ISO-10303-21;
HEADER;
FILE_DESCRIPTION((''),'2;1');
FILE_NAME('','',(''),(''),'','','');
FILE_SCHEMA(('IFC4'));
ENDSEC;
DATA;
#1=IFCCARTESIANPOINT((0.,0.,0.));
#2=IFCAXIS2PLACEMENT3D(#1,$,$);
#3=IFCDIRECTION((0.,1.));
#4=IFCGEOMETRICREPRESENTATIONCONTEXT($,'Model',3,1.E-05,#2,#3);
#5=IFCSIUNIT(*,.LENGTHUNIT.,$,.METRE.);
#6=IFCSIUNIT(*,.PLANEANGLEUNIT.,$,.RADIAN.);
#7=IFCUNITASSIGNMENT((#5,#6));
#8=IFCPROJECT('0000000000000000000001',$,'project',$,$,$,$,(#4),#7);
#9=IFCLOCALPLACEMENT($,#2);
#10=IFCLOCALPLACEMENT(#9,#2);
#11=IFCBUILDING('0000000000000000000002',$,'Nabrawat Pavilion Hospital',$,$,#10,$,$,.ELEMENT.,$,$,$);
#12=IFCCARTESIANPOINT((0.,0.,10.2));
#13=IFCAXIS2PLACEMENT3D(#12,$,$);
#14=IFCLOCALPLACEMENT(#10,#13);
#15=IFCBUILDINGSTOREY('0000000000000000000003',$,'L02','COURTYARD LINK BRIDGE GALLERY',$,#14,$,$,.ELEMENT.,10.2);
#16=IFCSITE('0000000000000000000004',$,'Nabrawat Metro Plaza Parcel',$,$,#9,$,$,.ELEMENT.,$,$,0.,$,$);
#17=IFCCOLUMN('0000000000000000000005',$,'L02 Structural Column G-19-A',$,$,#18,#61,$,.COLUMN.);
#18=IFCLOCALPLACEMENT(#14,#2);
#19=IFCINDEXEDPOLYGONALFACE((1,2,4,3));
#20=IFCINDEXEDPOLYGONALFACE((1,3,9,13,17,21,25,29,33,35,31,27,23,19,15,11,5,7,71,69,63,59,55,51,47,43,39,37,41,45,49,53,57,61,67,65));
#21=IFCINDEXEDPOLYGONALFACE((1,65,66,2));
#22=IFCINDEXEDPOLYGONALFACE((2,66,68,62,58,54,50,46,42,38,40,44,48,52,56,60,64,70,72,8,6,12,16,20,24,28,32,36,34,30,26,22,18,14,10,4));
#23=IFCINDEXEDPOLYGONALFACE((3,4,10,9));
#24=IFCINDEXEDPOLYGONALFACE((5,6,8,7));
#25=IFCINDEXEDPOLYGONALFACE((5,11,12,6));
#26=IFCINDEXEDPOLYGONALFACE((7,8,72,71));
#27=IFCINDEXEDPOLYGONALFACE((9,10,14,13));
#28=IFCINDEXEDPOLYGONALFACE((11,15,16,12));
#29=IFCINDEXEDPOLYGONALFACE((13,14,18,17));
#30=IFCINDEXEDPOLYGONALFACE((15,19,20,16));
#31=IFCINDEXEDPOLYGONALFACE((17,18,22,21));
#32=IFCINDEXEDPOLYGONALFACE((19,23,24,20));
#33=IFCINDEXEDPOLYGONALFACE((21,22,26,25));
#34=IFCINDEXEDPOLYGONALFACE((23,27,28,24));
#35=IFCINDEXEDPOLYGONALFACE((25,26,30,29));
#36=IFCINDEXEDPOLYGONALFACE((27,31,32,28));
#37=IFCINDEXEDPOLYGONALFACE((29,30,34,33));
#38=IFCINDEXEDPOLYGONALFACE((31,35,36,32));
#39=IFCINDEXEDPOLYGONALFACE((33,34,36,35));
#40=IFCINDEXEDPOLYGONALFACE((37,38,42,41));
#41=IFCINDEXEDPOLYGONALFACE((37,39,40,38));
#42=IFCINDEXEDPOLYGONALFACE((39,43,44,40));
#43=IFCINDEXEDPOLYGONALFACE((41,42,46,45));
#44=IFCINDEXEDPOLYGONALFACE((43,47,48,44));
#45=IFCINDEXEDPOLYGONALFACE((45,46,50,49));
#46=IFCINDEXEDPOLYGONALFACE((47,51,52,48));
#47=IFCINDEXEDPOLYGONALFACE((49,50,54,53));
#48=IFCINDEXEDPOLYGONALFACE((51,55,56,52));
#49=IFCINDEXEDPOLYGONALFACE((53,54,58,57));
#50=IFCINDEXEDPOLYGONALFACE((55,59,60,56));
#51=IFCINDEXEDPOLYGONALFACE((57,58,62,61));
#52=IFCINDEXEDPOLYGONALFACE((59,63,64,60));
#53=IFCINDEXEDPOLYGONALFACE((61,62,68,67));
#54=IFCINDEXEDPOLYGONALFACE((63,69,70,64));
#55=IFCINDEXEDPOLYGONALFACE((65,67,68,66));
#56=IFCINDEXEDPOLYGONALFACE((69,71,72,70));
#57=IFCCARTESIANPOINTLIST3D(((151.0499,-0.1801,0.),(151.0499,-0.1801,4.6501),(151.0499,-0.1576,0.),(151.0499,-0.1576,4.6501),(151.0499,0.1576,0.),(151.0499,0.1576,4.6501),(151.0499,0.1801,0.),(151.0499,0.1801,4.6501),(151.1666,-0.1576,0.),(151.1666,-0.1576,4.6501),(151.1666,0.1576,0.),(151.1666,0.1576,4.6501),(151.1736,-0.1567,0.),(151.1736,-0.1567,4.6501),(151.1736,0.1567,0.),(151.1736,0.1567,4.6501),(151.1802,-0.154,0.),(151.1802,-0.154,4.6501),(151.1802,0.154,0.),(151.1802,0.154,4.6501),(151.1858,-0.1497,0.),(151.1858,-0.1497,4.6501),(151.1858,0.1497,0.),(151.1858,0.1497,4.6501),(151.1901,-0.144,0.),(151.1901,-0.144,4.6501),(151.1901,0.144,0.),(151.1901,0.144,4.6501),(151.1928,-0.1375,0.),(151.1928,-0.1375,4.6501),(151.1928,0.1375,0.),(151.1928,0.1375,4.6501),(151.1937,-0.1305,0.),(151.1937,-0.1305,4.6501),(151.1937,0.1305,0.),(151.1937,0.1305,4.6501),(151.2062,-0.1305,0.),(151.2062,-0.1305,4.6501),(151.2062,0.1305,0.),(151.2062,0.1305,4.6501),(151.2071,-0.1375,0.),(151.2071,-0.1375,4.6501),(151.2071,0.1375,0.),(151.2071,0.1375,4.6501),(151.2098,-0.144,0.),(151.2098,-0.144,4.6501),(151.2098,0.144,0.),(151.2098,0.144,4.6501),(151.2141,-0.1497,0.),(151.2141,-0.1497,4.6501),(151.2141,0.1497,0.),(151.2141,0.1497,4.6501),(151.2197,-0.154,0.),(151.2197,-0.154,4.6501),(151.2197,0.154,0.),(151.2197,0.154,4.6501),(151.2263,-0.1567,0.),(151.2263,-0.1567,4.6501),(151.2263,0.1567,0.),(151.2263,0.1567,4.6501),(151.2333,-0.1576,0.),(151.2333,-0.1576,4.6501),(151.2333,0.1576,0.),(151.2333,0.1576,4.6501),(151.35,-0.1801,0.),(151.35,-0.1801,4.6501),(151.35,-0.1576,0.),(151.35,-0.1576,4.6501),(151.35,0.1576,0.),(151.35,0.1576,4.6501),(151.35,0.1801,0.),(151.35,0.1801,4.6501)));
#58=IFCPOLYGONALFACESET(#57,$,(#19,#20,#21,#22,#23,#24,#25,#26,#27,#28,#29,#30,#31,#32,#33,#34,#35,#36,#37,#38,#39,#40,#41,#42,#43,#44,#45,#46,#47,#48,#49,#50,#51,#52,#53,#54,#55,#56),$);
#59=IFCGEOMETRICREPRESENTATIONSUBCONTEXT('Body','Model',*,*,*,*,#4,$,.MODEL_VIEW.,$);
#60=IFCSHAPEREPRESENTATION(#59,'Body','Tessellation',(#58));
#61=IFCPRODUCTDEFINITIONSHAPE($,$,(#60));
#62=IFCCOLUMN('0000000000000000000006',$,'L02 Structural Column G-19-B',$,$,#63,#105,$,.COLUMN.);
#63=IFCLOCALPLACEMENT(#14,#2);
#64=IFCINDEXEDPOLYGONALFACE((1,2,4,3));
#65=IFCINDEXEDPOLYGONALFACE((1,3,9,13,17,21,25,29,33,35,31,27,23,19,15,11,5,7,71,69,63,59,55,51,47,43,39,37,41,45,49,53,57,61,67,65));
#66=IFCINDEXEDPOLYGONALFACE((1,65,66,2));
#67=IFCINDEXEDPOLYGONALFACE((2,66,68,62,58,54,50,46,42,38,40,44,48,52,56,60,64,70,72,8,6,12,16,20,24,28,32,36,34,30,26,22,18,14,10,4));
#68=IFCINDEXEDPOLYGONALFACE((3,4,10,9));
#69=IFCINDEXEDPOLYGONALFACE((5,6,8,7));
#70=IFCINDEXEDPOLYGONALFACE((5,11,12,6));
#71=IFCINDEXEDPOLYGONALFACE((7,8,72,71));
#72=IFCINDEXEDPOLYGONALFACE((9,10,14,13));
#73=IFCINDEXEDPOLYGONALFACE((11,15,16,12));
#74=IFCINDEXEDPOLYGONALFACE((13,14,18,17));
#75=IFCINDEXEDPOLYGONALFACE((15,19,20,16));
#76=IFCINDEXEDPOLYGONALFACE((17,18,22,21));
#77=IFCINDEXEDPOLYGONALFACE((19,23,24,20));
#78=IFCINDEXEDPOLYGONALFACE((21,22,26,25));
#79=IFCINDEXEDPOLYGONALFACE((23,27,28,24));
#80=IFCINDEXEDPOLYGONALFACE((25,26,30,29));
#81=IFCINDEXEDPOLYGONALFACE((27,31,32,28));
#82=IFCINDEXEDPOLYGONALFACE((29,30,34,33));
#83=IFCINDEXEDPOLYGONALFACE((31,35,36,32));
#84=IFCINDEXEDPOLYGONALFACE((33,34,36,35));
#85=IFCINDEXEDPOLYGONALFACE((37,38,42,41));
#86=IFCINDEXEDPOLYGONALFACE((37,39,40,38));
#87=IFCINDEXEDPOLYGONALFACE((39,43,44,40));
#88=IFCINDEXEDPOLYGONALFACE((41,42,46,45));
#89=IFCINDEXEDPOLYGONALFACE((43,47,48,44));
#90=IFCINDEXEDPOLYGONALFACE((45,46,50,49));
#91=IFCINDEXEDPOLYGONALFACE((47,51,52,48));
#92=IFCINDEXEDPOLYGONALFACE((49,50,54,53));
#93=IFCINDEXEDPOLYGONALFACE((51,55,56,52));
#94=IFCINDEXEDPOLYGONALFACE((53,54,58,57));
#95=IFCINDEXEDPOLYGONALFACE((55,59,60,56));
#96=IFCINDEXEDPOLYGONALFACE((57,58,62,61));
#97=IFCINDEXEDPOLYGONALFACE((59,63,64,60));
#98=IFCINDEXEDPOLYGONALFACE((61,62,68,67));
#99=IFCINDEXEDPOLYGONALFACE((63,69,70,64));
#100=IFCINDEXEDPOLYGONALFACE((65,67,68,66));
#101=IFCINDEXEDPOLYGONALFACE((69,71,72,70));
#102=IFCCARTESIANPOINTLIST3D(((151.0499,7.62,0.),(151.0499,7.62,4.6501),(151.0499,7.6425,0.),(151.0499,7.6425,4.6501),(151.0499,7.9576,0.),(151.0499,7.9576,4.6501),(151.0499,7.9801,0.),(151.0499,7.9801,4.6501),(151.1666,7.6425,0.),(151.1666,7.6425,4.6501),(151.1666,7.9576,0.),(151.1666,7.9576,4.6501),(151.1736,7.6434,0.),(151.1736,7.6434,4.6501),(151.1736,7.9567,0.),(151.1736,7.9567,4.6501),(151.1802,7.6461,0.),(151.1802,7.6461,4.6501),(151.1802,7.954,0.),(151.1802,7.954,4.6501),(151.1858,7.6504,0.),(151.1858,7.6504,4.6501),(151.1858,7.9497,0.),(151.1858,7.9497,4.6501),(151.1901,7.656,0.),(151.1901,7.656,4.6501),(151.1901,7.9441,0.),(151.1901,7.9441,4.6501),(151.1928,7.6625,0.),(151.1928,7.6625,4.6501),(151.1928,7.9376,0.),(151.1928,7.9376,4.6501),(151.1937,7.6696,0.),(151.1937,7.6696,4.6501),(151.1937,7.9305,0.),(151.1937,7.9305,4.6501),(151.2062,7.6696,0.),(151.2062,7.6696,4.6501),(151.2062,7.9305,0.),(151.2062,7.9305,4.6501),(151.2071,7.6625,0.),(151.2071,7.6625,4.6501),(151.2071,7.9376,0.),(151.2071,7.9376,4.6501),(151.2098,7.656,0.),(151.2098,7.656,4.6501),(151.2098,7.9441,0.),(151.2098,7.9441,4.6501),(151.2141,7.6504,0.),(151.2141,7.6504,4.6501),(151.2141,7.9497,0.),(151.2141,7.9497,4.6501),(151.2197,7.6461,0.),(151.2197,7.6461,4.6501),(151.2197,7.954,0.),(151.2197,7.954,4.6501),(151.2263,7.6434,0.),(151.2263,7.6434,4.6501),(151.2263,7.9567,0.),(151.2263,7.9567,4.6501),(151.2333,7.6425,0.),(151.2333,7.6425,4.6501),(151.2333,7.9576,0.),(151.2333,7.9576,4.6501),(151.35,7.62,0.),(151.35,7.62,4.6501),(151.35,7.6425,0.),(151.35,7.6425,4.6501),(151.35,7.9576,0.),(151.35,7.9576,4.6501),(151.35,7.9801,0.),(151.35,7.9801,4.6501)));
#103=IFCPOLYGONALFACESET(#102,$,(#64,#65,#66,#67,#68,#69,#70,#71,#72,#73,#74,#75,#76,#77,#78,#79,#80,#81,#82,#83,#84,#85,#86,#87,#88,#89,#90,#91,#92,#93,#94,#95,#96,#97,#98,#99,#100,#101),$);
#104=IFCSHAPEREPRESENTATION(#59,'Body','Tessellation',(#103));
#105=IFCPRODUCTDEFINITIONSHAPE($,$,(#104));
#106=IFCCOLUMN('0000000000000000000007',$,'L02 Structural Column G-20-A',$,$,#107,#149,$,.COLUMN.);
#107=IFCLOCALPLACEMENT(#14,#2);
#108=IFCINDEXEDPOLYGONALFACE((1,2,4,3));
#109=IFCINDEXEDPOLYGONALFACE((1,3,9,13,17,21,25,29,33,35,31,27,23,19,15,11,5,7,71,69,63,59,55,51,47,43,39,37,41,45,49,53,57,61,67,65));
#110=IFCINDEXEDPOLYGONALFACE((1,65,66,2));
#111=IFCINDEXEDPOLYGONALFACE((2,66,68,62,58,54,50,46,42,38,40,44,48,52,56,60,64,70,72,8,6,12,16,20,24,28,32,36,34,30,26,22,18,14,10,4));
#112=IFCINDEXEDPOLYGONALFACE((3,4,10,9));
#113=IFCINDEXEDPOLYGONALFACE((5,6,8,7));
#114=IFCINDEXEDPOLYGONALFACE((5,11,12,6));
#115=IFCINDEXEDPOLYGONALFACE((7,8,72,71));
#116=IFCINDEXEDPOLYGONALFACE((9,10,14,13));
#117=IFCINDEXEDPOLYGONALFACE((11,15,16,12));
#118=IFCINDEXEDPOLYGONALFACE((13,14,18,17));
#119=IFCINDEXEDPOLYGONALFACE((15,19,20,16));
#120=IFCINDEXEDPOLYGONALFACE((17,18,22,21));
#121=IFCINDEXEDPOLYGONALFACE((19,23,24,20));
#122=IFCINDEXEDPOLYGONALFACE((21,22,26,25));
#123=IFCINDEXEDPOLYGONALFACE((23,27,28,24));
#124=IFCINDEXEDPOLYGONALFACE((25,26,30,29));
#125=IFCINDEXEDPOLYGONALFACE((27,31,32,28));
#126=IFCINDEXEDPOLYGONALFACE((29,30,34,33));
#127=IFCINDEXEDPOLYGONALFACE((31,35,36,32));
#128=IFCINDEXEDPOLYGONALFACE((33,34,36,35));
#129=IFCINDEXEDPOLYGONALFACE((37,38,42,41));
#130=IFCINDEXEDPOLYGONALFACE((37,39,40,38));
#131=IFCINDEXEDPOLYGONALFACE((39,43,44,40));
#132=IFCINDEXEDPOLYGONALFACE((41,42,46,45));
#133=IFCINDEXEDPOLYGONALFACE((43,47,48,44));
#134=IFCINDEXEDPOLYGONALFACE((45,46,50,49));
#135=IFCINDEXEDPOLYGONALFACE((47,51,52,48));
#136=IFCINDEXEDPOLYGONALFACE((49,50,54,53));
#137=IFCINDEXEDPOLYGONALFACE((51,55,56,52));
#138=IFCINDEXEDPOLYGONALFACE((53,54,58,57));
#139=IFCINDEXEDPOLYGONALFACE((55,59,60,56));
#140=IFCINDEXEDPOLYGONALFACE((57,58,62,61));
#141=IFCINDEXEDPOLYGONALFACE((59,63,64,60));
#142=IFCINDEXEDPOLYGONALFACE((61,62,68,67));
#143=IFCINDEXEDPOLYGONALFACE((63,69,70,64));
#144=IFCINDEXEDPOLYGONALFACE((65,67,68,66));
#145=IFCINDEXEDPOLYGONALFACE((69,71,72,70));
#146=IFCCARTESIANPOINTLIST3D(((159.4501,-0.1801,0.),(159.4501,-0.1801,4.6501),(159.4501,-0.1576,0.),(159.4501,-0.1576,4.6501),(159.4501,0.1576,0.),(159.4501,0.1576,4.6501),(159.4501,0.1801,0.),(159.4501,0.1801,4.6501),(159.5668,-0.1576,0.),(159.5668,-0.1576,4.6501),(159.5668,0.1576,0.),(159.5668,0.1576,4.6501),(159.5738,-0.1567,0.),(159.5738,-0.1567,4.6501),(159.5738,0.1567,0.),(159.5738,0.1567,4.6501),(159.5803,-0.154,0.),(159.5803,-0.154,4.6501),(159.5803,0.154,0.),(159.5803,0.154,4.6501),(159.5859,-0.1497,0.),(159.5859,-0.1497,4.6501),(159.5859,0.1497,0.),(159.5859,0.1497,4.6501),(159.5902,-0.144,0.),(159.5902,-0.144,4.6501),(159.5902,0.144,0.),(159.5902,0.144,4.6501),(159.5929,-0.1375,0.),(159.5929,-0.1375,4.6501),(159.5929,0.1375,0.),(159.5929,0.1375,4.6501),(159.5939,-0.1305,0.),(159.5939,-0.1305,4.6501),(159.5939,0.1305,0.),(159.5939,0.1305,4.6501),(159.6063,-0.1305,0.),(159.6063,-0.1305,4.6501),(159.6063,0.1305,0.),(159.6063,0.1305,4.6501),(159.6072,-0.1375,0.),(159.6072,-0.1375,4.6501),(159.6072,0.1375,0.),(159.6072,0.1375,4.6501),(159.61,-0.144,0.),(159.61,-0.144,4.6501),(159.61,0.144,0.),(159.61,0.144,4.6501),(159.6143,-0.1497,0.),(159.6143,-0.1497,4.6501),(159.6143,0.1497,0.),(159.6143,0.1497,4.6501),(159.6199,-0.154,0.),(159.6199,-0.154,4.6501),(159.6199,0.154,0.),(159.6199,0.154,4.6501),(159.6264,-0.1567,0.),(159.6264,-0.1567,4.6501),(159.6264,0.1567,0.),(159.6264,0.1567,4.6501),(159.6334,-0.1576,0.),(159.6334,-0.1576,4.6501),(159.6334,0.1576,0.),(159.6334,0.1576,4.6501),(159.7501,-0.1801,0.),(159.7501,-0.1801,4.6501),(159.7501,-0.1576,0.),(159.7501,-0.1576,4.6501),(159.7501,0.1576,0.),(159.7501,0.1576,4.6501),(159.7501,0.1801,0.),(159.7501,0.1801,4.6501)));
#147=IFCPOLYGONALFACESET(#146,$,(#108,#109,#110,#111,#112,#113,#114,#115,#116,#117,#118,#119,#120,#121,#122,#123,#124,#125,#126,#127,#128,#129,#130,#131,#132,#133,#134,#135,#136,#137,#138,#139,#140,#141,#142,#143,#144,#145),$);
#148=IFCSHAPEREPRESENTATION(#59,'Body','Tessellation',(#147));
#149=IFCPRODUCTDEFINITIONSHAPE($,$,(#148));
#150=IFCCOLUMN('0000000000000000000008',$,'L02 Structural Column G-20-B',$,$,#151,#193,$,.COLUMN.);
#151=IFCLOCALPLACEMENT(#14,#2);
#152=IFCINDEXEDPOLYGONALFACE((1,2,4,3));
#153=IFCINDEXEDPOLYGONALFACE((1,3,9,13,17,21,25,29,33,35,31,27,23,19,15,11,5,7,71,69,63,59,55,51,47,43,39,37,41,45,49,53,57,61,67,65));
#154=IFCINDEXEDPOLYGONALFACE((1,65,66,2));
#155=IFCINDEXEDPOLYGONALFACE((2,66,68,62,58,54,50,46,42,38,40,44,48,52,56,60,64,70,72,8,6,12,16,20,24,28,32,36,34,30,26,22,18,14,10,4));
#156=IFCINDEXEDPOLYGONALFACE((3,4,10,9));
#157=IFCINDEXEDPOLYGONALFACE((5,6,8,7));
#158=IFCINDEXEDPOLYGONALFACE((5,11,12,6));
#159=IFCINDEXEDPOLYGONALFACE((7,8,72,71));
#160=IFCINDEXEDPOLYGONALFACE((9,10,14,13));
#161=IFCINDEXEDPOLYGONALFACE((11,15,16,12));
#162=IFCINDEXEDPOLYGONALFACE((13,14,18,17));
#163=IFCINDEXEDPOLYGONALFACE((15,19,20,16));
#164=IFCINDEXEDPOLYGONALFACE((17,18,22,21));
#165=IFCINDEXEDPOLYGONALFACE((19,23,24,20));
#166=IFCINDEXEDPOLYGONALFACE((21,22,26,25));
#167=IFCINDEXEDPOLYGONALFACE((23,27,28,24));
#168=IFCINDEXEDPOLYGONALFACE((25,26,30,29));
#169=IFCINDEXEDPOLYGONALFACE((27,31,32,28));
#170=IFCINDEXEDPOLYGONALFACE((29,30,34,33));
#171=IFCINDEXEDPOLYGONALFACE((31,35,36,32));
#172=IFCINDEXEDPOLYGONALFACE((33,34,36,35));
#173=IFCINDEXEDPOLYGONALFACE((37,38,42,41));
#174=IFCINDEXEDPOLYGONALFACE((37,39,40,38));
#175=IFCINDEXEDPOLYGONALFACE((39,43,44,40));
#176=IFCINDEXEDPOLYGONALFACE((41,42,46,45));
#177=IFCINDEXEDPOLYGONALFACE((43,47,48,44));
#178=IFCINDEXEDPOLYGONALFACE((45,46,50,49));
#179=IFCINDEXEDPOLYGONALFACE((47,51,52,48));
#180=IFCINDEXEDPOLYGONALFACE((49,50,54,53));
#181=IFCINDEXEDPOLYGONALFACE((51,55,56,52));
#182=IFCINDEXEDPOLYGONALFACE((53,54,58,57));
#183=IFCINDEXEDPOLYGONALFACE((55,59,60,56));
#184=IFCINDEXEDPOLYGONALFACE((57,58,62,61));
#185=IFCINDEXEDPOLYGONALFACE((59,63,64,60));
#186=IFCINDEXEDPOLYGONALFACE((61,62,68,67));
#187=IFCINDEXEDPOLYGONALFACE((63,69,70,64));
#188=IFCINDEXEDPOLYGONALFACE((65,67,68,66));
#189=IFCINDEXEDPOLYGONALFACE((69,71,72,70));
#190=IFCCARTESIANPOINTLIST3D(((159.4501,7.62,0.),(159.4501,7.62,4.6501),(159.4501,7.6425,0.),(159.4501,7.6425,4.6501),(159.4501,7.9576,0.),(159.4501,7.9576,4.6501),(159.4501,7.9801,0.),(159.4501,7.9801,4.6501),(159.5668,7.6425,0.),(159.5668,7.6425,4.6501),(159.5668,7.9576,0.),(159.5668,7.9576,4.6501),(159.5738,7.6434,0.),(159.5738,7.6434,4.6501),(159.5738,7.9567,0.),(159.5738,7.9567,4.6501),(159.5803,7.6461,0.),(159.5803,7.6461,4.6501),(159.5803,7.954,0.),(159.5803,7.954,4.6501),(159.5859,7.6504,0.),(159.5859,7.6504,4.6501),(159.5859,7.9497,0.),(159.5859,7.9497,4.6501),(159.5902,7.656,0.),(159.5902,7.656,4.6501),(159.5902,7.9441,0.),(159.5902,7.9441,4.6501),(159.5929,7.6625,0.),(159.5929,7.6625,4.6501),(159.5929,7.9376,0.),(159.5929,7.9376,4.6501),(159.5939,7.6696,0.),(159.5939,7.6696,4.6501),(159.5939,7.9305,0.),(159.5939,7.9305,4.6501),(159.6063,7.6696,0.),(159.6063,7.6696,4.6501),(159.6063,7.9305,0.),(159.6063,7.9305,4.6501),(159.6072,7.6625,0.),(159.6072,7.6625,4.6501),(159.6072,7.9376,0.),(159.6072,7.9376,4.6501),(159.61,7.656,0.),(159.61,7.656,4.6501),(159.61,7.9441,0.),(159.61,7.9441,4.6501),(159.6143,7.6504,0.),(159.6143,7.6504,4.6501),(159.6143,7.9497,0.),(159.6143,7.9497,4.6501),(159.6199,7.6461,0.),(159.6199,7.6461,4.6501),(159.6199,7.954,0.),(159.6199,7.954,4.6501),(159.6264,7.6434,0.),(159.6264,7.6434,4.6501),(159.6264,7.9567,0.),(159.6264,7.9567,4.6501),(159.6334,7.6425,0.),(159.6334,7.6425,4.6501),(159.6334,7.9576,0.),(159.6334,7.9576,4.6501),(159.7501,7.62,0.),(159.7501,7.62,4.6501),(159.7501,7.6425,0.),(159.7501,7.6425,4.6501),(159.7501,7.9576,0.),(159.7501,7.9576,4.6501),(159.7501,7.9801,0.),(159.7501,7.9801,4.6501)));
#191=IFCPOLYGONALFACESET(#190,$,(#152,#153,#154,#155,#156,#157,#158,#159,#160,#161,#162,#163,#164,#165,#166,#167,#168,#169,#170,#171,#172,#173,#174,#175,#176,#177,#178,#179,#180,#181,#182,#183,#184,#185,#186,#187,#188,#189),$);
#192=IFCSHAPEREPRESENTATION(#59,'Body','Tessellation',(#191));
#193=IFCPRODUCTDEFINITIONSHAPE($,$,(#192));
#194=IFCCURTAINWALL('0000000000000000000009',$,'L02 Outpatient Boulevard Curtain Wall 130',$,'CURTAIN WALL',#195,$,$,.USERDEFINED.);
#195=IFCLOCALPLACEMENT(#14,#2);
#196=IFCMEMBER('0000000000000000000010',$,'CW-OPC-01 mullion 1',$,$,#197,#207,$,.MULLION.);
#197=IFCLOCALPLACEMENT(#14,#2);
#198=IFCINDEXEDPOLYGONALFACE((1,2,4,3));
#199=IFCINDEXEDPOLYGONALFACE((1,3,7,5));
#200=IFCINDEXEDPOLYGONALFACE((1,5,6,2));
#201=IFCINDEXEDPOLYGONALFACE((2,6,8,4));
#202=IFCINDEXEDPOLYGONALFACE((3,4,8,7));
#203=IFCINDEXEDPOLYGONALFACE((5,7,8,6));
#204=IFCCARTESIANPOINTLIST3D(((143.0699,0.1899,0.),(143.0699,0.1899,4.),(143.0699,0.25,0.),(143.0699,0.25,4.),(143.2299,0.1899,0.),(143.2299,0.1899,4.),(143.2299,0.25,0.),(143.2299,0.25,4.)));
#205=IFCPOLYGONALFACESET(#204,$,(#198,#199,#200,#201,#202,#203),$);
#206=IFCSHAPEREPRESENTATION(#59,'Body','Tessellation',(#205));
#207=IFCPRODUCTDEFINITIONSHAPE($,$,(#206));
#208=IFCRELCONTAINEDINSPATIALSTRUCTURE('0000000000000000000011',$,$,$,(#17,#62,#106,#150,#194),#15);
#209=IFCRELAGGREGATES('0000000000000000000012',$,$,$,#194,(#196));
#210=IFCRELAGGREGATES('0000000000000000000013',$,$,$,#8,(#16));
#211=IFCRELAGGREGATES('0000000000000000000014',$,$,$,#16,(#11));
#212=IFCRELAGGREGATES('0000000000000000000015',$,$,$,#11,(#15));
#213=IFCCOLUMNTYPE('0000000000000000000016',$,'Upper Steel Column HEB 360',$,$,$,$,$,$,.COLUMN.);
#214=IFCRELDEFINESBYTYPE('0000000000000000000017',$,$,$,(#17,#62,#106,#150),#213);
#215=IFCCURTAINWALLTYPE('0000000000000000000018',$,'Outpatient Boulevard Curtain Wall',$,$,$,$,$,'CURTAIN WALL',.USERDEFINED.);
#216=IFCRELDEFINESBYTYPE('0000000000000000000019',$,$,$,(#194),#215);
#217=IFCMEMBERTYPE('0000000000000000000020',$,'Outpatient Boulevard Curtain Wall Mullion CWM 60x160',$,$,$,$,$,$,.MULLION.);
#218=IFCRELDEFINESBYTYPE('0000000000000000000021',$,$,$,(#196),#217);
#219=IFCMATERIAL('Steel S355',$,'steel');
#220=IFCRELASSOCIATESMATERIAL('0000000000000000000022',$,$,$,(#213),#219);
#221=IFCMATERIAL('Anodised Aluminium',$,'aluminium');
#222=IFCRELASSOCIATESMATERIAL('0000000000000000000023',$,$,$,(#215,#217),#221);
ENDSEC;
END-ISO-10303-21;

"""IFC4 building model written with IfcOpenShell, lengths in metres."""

from ifc_helpers import new_model, si_unit, direction, frame, origin, origin_2d, place, context, subcontext, project, spatial, rectangle, i_section, extrude, material, material_profile, profile_set, type_object, element, aggregate, save


model = new_model("IFC4")

# Units and contexts
model_context = context("Model", 3, precision=1e-05, world=origin(), true_north=direction((0.0, 1.0)))
body_context = subcontext(model_context, "Body", "Model", "MODEL_VIEW")
ifc_project = project(units=[si_unit("LENGTHUNIT", "METRE"), si_unit("PLANEANGLEUNIT", "RADIAN")], contexts=[model_context])

# Site, building, storey
site_placement = place(None, origin())
site = spatial("IfcSite", under=ifc_project, at=site_placement, Name="Nabrawat Metro Plaza Parcel", CompositionType="ELEMENT", RefElevation=0.0)
building_placement = place(site_placement, origin())
building = spatial("IfcBuilding", under=site, at=building_placement, Name="Nabrawat Pavilion Hospital", CompositionType="ELEMENT")
storey_placement = place(building_placement, frame((0.0, 0.0, 10.2)))
storey = spatial("IfcBuildingStorey", under=building, at=storey_placement, Name="L02", Description="COURTYARD LINK BRIDGE GALLERY", CompositionType="ELEMENT", Elevation=10.2)

# Columns
ifc_material_1 = material(Name="Steel S355", Category="steel")
ifc_material_profile_1 = material_profile(ifc_material_1, i_section(OverallWidth=0.3, OverallDepth=0.3601, WebThickness=0.0125, FlangeThickness=0.0225, FilletRadius=0.0271, at=origin_2d()), Name="HEB 360")
ifc_profile_set_1 = profile_set([ifc_material_profile_1], Name="Steel S355")
column_type = type_object("IfcColumnType", Name="Upper Steel Column HEB 360", PredefinedType="COLUMN", material=ifc_profile_set_1)
for number, where, z_axis, x_axis, name in (
    (1, (151.2, 0.0, 0.0), (0.0, 0.0, 1.0), (1.0, 0.0, 0.0), "L02 Structural Column G-19-A"),
    (2, (151.2, 7.8, 0.0), (0.0, 0.0, 1.0), (1.0, 0.0, 0.0), "L02 Structural Column G-19-B"),
    (3, (159.6001, 0.0, 0.0), (0.0, 0.0, 1.0), (1.0, 0.0, 0.0), "L02 Structural Column G-20-A"),
    (4, (159.6001, 7.8, 0.0), (0.0, 0.0, 1.0), (1.0, 0.0, 0.0), "L02 Structural Column G-20-B"),
):
    element("IfcColumn", number, at=place(storey_placement, frame(where, z_axis=z_axis, x_axis=x_axis)), inside=storey, type_object=column_type, Name=name, PredefinedType="COLUMN", context=body_context, shape_type="SweptSolid", body=[
        extrude(i_section(OverallWidth=0.3, OverallDepth=0.3601, WebThickness=0.0125, FlangeThickness=0.0225, FilletRadius=0.0271, at=origin_2d()), origin(), (0.0, 0.0, 1.0), 4.6501),
    ])

# Curtain wall, member
ifc_material_2 = material(Name="Anodised Aluminium", Category="aluminium")
curtain_wall_type = type_object("IfcCurtainWallType", Name="Outpatient Boulevard Curtain Wall", ElementType="CURTAIN WALL", PredefinedType="USERDEFINED", material=ifc_material_2)
curtain_wall_placement = place(storey_placement, origin())
curtain_wall = element("IfcCurtainWall", 5, at=curtain_wall_placement, inside=storey, type_object=curtain_wall_type, Name="L02 Outpatient Boulevard Curtain Wall 130", ObjectType="CURTAIN WALL", PredefinedType="USERDEFINED")
ifc_material_profile_2 = material_profile(ifc_material_2, rectangle(XDim=0.0601, YDim=0.1599, at=origin_2d()), Name="CWM 60x160")
ifc_profile_set_2 = profile_set([ifc_material_profile_2], Name="Anodised Aluminium")
member_type_1 = type_object("IfcMemberType", Name="Outpatient Boulevard Curtain Wall Mullion CWM 60x160", PredefinedType="MULLION", material=ifc_profile_set_2)
member_1_placement = place(storey_placement, frame((143.1499, 0.22, 0.0), z_axis=(0.0, 0.0, 1.0), x_axis=(0.0, 1.0, 0.0)))
member_1 = element("IfcMember", 6, at=member_1_placement, type_object=member_type_1, Name="CW-OPC-01 mullion 1", PredefinedType="MULLION", context=body_context, shape_type="SweptSolid", body=[
    extrude(rectangle(XDim=0.0601, YDim=0.1599, at=origin_2d()), origin(), (0.0, 0.0, 1.0), 4.0),
])

aggregate(curtain_wall, [member_1])

save(model, "model.ifc")
